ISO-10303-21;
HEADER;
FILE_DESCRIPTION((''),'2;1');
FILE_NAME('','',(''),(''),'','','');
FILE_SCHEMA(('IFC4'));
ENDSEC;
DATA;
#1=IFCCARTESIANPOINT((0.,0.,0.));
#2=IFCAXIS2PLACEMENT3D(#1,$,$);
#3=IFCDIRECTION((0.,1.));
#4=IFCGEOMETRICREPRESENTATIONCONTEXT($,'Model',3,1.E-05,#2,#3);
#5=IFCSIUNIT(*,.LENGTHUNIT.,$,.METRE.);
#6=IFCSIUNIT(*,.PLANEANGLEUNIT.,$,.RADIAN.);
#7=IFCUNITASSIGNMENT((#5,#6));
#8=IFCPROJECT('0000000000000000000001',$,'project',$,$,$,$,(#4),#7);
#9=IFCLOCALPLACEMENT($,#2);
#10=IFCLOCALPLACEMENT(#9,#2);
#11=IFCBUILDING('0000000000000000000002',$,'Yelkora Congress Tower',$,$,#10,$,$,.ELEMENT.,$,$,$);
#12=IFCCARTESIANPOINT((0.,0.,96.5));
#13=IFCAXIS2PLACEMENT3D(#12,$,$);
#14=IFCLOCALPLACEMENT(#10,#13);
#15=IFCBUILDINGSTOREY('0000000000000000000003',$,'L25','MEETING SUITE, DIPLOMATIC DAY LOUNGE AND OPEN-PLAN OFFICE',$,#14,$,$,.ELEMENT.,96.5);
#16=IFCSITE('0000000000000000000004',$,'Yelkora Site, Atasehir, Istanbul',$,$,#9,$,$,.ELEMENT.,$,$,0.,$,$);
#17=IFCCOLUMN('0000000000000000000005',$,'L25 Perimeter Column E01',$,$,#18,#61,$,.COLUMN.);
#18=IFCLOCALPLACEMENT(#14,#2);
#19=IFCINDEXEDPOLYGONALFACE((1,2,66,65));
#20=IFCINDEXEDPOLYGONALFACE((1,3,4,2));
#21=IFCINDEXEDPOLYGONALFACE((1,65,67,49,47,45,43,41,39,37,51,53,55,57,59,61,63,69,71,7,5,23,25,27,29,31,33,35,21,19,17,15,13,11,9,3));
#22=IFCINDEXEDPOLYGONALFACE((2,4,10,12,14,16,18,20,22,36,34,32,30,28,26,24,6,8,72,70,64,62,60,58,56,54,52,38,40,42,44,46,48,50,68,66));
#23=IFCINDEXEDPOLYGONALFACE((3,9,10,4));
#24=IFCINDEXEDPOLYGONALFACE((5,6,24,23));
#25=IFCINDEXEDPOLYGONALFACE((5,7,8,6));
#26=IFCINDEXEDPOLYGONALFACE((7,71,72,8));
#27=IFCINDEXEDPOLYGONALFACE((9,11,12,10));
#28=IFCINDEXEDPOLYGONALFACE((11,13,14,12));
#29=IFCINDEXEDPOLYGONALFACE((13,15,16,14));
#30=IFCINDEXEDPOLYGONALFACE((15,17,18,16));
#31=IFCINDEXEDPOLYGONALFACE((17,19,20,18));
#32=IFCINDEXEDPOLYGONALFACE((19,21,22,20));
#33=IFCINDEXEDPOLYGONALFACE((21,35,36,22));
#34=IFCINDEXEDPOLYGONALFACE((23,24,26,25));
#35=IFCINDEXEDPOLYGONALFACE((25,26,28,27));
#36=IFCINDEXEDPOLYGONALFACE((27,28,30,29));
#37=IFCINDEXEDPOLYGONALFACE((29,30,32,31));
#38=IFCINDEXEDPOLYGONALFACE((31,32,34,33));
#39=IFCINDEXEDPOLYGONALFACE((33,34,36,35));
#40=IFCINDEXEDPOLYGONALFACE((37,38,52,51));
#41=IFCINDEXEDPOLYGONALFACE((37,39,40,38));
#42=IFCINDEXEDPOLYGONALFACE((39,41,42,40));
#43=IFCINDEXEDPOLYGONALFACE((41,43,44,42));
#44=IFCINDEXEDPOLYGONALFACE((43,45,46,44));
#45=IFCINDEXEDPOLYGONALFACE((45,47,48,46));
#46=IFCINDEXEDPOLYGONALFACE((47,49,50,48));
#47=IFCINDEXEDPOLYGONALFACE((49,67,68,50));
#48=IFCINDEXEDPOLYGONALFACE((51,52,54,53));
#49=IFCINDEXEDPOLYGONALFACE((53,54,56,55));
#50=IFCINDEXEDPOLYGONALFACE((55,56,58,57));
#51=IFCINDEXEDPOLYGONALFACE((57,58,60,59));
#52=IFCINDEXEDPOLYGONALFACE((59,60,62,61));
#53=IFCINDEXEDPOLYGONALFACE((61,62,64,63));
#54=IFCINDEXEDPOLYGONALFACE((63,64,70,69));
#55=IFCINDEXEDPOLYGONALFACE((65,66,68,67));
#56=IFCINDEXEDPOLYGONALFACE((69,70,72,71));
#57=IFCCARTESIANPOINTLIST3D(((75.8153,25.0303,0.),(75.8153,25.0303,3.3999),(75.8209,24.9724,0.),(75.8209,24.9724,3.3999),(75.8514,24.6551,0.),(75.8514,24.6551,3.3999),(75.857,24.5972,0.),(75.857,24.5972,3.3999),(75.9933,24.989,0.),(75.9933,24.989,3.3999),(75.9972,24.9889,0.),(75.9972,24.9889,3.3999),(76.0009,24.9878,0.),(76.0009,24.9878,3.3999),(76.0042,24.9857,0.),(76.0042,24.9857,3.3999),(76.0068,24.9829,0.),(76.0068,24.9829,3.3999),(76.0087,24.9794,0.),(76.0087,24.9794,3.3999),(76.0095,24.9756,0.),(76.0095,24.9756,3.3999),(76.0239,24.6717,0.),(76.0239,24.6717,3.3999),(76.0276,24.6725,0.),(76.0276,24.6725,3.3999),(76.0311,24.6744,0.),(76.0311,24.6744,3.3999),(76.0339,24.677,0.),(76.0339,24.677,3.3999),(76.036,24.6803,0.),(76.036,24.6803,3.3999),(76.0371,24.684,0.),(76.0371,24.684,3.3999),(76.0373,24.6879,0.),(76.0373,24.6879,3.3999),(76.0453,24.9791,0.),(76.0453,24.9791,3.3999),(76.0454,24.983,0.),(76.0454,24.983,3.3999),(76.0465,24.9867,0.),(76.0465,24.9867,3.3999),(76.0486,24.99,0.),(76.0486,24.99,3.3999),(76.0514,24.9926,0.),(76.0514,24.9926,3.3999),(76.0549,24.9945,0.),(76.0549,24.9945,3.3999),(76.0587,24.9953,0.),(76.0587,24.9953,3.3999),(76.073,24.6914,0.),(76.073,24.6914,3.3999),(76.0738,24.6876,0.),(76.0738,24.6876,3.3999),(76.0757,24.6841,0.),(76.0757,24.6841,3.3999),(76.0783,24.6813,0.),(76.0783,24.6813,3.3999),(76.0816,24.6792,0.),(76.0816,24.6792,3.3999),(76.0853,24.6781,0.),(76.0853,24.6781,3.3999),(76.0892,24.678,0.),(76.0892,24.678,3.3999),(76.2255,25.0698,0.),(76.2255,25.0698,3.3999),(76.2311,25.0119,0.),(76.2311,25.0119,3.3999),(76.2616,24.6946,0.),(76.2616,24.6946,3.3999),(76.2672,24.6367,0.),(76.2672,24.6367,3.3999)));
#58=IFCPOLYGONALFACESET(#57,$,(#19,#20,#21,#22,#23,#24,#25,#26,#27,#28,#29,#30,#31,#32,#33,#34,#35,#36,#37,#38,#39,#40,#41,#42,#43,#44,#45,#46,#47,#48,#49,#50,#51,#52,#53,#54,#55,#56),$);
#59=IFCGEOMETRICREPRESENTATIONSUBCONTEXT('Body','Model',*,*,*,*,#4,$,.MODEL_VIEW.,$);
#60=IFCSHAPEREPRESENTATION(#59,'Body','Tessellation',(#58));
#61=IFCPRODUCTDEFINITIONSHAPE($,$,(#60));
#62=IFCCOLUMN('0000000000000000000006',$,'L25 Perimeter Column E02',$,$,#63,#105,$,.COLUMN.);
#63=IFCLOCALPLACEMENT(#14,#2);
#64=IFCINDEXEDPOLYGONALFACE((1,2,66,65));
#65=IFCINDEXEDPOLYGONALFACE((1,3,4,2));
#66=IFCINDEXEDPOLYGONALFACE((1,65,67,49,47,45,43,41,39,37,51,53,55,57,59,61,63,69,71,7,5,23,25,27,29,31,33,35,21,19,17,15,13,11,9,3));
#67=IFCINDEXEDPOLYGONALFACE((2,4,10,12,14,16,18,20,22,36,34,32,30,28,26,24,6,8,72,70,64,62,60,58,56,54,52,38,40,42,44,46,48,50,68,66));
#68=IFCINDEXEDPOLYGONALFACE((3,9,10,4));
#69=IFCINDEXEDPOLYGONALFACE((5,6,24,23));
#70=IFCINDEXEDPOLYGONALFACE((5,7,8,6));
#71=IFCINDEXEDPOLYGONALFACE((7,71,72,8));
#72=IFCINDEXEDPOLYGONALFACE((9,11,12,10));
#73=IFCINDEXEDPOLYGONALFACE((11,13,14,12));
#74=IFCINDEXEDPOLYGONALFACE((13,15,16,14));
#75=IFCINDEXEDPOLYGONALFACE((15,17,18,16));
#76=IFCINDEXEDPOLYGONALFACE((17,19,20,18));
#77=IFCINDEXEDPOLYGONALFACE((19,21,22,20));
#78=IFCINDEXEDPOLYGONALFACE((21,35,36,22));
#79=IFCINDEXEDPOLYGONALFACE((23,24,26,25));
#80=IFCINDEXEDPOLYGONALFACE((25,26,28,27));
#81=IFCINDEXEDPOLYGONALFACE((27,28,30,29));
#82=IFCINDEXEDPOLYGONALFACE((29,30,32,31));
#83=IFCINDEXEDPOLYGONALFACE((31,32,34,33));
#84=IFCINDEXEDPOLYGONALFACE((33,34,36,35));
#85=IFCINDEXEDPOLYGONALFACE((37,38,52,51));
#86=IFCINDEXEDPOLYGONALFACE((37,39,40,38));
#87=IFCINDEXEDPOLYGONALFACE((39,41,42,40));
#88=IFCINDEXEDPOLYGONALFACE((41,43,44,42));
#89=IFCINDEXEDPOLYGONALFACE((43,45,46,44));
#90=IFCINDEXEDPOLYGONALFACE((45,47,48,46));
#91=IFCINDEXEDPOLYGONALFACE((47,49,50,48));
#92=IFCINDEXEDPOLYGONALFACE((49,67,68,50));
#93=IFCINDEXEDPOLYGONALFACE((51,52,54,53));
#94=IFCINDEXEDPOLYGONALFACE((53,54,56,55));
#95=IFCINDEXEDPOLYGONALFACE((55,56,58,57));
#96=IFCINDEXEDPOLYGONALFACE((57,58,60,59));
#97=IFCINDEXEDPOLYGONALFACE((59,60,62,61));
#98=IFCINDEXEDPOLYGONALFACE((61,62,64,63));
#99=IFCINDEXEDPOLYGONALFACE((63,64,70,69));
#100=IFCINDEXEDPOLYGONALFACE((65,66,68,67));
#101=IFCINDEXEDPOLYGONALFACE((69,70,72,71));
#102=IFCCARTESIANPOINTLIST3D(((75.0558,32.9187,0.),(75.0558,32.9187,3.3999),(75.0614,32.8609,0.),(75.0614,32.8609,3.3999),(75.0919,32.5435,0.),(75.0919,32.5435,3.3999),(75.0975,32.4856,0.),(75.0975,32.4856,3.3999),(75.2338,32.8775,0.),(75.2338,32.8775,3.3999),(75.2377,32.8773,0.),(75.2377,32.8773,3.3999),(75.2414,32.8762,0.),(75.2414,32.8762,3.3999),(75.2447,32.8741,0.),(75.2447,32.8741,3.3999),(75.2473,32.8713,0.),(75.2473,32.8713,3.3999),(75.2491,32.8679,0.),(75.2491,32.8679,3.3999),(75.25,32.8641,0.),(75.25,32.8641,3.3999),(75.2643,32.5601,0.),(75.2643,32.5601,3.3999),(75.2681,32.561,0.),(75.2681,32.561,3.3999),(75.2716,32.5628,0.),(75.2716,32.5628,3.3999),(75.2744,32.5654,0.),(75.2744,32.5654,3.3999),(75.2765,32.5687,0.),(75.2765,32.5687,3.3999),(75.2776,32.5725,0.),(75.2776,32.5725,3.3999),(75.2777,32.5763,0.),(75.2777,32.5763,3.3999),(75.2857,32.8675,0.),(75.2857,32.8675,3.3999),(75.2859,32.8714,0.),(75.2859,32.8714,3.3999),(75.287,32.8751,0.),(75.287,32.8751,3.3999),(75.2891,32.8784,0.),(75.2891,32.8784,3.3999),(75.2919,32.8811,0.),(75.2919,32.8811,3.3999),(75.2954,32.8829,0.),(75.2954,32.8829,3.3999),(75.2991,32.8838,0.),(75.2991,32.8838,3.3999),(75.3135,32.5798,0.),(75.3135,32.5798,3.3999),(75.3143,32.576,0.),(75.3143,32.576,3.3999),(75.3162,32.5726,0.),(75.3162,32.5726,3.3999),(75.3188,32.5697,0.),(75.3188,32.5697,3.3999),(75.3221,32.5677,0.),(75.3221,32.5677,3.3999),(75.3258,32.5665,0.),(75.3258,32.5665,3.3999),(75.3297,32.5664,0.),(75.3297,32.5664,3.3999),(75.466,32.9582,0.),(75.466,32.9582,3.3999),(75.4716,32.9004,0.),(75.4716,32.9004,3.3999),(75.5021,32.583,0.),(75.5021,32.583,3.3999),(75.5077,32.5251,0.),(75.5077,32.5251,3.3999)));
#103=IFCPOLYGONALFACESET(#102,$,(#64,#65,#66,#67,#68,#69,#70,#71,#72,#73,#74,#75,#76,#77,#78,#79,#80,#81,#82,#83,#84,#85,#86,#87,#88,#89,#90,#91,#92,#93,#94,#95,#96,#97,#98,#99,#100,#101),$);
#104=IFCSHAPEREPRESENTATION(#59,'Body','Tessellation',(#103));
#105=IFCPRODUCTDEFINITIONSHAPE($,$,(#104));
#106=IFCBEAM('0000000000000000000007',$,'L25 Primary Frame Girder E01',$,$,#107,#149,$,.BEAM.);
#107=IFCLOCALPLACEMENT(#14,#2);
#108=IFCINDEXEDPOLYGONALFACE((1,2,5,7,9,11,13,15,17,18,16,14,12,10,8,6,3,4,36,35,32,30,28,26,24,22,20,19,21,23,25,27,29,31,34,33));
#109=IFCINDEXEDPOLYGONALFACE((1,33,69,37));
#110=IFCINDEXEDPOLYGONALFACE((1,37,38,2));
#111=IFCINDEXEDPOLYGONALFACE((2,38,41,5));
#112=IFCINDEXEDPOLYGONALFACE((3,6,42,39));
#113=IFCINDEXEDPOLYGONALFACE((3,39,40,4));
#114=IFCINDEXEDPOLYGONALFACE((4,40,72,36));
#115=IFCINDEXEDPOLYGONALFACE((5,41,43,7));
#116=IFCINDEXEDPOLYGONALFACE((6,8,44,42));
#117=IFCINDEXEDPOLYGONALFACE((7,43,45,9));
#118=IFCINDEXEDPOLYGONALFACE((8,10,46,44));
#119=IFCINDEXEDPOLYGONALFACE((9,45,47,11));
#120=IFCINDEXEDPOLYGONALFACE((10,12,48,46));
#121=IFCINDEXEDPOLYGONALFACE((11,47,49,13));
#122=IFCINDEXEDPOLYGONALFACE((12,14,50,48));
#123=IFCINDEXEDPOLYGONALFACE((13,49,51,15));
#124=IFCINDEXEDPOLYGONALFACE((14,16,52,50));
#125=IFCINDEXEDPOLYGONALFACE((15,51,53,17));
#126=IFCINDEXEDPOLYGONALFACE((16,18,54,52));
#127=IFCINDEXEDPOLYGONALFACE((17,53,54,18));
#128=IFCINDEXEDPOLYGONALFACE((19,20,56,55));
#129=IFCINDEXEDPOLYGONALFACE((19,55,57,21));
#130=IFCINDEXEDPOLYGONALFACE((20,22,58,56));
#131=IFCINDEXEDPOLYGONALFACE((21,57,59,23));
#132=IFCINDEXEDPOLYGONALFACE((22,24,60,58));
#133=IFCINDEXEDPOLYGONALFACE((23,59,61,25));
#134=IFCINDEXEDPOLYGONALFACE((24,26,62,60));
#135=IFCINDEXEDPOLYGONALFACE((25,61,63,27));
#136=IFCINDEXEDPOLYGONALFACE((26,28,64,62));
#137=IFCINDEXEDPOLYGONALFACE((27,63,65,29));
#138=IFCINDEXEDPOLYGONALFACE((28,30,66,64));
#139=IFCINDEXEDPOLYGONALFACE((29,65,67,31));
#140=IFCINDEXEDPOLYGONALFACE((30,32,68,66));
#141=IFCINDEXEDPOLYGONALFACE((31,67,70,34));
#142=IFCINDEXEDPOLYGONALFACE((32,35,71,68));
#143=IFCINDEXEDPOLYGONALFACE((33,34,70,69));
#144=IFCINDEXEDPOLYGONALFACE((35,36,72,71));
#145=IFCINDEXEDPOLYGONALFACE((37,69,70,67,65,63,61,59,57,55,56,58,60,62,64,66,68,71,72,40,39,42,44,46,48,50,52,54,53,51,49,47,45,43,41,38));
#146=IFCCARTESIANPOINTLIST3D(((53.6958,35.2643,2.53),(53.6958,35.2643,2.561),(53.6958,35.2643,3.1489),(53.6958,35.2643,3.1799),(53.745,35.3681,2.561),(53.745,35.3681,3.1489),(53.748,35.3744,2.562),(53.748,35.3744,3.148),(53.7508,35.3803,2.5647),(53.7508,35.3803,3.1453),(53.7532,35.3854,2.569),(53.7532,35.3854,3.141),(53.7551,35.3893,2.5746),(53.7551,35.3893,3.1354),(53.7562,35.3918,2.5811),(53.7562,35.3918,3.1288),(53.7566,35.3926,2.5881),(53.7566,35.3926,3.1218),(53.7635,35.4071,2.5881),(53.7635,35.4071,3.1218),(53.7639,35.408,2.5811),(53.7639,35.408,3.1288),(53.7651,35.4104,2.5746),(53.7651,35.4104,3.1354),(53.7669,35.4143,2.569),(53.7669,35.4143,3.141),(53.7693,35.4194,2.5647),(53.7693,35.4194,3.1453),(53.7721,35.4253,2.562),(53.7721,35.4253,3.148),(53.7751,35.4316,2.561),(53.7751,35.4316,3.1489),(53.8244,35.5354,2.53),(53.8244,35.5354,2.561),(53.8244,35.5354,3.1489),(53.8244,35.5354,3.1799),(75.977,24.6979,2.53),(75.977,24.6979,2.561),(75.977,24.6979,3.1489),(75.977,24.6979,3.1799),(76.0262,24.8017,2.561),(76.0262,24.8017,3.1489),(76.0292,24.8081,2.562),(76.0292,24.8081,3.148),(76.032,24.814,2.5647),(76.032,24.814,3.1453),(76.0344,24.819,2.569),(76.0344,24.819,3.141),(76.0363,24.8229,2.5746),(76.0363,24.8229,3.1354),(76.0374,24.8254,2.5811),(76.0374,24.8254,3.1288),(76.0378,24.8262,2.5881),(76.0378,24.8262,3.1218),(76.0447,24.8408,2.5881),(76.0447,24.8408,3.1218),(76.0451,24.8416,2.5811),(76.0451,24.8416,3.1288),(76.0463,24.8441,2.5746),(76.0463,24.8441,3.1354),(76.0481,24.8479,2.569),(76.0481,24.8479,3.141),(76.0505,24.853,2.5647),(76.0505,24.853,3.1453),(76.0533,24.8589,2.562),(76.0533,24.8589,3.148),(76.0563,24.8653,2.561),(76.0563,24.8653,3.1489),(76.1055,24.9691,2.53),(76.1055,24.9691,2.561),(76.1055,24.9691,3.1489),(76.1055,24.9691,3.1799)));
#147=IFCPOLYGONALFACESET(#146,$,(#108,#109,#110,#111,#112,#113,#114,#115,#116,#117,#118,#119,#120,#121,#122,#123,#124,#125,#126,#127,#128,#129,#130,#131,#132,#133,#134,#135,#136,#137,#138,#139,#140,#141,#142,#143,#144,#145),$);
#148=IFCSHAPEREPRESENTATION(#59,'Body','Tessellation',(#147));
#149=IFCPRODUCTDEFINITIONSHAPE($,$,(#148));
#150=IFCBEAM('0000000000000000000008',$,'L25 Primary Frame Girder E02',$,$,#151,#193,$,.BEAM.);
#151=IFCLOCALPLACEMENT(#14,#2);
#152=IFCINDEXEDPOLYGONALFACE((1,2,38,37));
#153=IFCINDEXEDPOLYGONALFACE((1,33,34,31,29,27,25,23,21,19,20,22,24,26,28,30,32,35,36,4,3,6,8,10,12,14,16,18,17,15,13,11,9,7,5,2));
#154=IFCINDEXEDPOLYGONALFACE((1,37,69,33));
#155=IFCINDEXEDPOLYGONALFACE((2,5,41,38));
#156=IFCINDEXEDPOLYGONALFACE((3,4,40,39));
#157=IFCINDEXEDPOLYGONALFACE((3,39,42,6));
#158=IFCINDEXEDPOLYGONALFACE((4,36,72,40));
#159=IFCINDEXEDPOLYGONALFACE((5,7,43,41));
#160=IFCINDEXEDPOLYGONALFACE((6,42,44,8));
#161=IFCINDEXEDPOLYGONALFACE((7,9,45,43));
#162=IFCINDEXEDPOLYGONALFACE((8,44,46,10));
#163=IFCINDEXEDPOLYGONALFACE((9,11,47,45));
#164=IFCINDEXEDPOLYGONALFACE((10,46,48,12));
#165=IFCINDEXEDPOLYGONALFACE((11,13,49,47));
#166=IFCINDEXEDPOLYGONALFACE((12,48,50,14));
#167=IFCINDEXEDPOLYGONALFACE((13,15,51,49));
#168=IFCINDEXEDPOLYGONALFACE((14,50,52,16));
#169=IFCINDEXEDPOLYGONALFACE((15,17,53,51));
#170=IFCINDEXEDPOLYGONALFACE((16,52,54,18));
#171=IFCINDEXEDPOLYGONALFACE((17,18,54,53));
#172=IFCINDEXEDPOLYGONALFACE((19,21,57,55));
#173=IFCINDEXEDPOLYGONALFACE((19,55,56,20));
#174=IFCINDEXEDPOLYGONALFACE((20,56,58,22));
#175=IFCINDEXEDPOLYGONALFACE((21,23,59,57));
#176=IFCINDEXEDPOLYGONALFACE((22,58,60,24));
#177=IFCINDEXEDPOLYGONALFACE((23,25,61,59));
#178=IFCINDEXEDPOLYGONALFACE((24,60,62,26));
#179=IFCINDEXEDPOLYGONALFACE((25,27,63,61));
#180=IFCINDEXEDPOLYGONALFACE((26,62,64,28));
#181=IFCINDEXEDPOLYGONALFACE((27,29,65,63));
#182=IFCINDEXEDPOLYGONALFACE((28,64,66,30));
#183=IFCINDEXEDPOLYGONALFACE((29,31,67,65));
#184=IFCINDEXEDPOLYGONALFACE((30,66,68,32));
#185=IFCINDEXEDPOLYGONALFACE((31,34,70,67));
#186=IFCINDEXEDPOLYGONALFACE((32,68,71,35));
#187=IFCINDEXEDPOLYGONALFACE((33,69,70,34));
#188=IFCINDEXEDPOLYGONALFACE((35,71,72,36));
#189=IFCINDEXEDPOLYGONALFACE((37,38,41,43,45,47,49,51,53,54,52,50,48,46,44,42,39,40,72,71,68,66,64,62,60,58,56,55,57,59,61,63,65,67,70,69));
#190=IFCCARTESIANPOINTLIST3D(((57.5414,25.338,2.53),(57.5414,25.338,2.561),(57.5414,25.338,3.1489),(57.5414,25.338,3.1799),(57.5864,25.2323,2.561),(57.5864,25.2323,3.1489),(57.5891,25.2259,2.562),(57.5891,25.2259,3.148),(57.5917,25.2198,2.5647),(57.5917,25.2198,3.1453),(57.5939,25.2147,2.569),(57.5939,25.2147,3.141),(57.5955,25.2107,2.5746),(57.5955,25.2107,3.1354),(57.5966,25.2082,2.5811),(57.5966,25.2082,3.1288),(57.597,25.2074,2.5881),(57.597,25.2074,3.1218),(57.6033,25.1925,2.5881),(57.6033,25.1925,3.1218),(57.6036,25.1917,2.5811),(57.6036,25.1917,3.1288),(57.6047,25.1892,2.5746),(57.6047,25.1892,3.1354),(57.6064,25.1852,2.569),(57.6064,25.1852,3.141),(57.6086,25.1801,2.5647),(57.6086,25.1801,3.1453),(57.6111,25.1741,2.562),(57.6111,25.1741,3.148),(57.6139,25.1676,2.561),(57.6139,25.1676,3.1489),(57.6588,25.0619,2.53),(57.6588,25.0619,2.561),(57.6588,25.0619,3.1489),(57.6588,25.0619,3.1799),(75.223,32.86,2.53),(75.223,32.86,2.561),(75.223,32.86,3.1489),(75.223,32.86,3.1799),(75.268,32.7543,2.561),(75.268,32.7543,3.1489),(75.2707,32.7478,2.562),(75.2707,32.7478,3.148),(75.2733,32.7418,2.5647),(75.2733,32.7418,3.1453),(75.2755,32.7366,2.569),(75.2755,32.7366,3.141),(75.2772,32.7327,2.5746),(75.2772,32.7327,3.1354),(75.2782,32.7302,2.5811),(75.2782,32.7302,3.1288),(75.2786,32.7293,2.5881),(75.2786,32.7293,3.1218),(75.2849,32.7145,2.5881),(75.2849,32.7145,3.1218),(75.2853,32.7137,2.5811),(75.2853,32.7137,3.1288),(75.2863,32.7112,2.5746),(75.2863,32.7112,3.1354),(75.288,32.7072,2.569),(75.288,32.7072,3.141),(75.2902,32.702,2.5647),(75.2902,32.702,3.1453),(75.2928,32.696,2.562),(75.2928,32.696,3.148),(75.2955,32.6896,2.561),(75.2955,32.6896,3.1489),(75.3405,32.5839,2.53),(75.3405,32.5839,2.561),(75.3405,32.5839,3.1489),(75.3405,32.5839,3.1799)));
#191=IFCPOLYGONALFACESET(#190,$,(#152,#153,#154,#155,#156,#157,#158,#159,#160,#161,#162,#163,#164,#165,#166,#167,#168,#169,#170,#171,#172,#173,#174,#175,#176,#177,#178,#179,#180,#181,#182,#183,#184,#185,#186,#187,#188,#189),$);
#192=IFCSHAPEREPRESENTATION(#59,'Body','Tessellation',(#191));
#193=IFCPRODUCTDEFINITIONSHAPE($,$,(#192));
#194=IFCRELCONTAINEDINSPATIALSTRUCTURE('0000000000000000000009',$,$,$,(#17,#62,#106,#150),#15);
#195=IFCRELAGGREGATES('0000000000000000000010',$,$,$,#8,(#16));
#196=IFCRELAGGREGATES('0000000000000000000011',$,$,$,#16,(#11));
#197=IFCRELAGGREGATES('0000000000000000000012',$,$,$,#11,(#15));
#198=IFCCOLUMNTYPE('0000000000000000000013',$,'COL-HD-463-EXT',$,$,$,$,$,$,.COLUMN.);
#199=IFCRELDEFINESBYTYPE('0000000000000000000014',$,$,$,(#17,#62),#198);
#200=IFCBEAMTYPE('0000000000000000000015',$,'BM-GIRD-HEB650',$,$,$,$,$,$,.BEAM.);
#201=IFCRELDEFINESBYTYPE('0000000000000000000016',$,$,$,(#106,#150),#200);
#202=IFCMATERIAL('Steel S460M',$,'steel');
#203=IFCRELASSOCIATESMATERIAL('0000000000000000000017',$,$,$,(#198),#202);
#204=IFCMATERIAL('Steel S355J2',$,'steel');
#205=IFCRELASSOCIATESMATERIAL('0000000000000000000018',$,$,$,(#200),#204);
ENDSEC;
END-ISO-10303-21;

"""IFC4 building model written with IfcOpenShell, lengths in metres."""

from ifc_helpers import new_model, si_unit, direction, frame, origin, origin_2d, place, context, subcontext, project, spatial, i_section, extrude, material, material_profile, profile_set, type_object, element, save


model = new_model("IFC4")

# Units and contexts
model_context = context("Model", 3, precision=1e-05, world=origin(), true_north=direction((0.0, 1.0)))
body_context = subcontext(model_context, "Body", "Model", "MODEL_VIEW")
ifc_project = project(units=[si_unit("LENGTHUNIT", "METRE"), si_unit("PLANEANGLEUNIT", "RADIAN")], contexts=[model_context])

# Site, building, storey
site_placement = place(None, origin())
site = spatial("IfcSite", under=ifc_project, at=site_placement, Name="Yelkora Site, Atasehir, Istanbul", CompositionType="ELEMENT", RefElevation=0.0)
building_placement = place(site_placement, origin())
building = spatial("IfcBuilding", under=site, at=building_placement, Name="Yelkora Congress Tower", CompositionType="ELEMENT")
storey_placement = place(building_placement, frame((0.0, 0.0, 96.5)))
storey = spatial("IfcBuildingStorey", under=building, at=storey_placement, Name="L25", Description="MEETING SUITE, DIPLOMATIC DAY LOUNGE AND OPEN-PLAN OFFICE", CompositionType="ELEMENT", Elevation=96.5)

# Columns
ifc_material_1 = material(Name="Steel S460M", Category="steel")
ifc_material_profile_1 = material_profile(ifc_material_1, i_section(OverallWidth=0.4121, OverallDepth=0.4351, WebThickness=0.0359, FlangeThickness=0.0581, FilletRadius=0.0149, at=origin_2d()), Name="HD 400x463")
ifc_profile_set_1 = profile_set([ifc_material_profile_1], Name="Steel S460M")
column_type = type_object("IfcColumnType", Name="COL-HD-463-EXT", PredefinedType="COLUMN", material=ifc_profile_set_1)
for number, where, z_axis, x_axis, name in (
    (1, (76.0413, 24.8335, 0.0), (0.0, 0.0, 1.0), (0.995396, 0.095846, 0.0), "L25 Perimeter Column E01"),
    (2, (75.2817, 32.7219, 0.0), (0.0, 0.0, 1.0), (0.995396, 0.095846, 0.0), "L25 Perimeter Column E02"),
):
    element("IfcColumn", number, at=place(storey_placement, frame(where, z_axis=z_axis, x_axis=x_axis)), inside=storey, type_object=column_type, Name=name, PredefinedType="COLUMN", context=body_context, shape_type="SweptSolid", body=[
        extrude(i_section(OverallWidth=0.4121, OverallDepth=0.4351, WebThickness=0.0359, FlangeThickness=0.0581, FilletRadius=0.0149, at=origin_2d()), origin(), (0.0, 0.0, 1.0), 3.3999),
    ])

# Beams
ifc_material_2 = material(Name="Steel S355J2", Category="steel")
ifc_material_profile_2 = material_profile(ifc_material_2, i_section(OverallWidth=0.3, OverallDepth=0.6499, WebThickness=0.0161, FlangeThickness=0.031, FilletRadius=0.0271, at=origin_2d()), Name="HEB 650")
ifc_profile_set_2 = profile_set([ifc_material_profile_2], Name="Steel S355J2")
beam_type_1 = type_object("IfcBeamType", Name="BM-GIRD-HEB650", PredefinedType="BEAM", material=ifc_profile_set_2)
beam_1_placement = place(storey_placement, frame((76.0413, 24.8335, 2.855), z_axis=(-0.903547, 0.428488, 0.0), x_axis=(-0.428488, -0.903547, 0.0)))
element("IfcBeam", 3, at=beam_1_placement, inside=storey, type_object=beam_type_1, Name="L25 Primary Frame Girder E01", PredefinedType="BEAM", context=body_context, shape_type="SweptSolid", body=[
    extrude(i_section(OverallWidth=0.3, OverallDepth=0.6499, WebThickness=0.0161, FlangeThickness=0.031, FilletRadius=0.0271, at=origin_2d()), origin(), (0.0, 0.0, 1.0), 24.6597),
])
beam_2_placement = place(storey_placement, frame((75.2817, 32.7219, 2.855), z_axis=(-0.920195, -0.391461, 0.0), x_axis=(0.391461, -0.920195, 0.0)))
element("IfcBeam", 4, at=beam_2_placement, inside=storey, type_object=beam_type_1, Name="L25 Primary Frame Girder E02", PredefinedType="BEAM", context=body_context, shape_type="SweptSolid", body=[
    extrude(i_section(OverallWidth=0.3, OverallDepth=0.6499, WebThickness=0.0161, FlangeThickness=0.031, FilletRadius=0.0271, at=origin_2d()), origin(), (0.0, 0.0, 1.0), 19.2151),
])

save(model, "model.ifc")
